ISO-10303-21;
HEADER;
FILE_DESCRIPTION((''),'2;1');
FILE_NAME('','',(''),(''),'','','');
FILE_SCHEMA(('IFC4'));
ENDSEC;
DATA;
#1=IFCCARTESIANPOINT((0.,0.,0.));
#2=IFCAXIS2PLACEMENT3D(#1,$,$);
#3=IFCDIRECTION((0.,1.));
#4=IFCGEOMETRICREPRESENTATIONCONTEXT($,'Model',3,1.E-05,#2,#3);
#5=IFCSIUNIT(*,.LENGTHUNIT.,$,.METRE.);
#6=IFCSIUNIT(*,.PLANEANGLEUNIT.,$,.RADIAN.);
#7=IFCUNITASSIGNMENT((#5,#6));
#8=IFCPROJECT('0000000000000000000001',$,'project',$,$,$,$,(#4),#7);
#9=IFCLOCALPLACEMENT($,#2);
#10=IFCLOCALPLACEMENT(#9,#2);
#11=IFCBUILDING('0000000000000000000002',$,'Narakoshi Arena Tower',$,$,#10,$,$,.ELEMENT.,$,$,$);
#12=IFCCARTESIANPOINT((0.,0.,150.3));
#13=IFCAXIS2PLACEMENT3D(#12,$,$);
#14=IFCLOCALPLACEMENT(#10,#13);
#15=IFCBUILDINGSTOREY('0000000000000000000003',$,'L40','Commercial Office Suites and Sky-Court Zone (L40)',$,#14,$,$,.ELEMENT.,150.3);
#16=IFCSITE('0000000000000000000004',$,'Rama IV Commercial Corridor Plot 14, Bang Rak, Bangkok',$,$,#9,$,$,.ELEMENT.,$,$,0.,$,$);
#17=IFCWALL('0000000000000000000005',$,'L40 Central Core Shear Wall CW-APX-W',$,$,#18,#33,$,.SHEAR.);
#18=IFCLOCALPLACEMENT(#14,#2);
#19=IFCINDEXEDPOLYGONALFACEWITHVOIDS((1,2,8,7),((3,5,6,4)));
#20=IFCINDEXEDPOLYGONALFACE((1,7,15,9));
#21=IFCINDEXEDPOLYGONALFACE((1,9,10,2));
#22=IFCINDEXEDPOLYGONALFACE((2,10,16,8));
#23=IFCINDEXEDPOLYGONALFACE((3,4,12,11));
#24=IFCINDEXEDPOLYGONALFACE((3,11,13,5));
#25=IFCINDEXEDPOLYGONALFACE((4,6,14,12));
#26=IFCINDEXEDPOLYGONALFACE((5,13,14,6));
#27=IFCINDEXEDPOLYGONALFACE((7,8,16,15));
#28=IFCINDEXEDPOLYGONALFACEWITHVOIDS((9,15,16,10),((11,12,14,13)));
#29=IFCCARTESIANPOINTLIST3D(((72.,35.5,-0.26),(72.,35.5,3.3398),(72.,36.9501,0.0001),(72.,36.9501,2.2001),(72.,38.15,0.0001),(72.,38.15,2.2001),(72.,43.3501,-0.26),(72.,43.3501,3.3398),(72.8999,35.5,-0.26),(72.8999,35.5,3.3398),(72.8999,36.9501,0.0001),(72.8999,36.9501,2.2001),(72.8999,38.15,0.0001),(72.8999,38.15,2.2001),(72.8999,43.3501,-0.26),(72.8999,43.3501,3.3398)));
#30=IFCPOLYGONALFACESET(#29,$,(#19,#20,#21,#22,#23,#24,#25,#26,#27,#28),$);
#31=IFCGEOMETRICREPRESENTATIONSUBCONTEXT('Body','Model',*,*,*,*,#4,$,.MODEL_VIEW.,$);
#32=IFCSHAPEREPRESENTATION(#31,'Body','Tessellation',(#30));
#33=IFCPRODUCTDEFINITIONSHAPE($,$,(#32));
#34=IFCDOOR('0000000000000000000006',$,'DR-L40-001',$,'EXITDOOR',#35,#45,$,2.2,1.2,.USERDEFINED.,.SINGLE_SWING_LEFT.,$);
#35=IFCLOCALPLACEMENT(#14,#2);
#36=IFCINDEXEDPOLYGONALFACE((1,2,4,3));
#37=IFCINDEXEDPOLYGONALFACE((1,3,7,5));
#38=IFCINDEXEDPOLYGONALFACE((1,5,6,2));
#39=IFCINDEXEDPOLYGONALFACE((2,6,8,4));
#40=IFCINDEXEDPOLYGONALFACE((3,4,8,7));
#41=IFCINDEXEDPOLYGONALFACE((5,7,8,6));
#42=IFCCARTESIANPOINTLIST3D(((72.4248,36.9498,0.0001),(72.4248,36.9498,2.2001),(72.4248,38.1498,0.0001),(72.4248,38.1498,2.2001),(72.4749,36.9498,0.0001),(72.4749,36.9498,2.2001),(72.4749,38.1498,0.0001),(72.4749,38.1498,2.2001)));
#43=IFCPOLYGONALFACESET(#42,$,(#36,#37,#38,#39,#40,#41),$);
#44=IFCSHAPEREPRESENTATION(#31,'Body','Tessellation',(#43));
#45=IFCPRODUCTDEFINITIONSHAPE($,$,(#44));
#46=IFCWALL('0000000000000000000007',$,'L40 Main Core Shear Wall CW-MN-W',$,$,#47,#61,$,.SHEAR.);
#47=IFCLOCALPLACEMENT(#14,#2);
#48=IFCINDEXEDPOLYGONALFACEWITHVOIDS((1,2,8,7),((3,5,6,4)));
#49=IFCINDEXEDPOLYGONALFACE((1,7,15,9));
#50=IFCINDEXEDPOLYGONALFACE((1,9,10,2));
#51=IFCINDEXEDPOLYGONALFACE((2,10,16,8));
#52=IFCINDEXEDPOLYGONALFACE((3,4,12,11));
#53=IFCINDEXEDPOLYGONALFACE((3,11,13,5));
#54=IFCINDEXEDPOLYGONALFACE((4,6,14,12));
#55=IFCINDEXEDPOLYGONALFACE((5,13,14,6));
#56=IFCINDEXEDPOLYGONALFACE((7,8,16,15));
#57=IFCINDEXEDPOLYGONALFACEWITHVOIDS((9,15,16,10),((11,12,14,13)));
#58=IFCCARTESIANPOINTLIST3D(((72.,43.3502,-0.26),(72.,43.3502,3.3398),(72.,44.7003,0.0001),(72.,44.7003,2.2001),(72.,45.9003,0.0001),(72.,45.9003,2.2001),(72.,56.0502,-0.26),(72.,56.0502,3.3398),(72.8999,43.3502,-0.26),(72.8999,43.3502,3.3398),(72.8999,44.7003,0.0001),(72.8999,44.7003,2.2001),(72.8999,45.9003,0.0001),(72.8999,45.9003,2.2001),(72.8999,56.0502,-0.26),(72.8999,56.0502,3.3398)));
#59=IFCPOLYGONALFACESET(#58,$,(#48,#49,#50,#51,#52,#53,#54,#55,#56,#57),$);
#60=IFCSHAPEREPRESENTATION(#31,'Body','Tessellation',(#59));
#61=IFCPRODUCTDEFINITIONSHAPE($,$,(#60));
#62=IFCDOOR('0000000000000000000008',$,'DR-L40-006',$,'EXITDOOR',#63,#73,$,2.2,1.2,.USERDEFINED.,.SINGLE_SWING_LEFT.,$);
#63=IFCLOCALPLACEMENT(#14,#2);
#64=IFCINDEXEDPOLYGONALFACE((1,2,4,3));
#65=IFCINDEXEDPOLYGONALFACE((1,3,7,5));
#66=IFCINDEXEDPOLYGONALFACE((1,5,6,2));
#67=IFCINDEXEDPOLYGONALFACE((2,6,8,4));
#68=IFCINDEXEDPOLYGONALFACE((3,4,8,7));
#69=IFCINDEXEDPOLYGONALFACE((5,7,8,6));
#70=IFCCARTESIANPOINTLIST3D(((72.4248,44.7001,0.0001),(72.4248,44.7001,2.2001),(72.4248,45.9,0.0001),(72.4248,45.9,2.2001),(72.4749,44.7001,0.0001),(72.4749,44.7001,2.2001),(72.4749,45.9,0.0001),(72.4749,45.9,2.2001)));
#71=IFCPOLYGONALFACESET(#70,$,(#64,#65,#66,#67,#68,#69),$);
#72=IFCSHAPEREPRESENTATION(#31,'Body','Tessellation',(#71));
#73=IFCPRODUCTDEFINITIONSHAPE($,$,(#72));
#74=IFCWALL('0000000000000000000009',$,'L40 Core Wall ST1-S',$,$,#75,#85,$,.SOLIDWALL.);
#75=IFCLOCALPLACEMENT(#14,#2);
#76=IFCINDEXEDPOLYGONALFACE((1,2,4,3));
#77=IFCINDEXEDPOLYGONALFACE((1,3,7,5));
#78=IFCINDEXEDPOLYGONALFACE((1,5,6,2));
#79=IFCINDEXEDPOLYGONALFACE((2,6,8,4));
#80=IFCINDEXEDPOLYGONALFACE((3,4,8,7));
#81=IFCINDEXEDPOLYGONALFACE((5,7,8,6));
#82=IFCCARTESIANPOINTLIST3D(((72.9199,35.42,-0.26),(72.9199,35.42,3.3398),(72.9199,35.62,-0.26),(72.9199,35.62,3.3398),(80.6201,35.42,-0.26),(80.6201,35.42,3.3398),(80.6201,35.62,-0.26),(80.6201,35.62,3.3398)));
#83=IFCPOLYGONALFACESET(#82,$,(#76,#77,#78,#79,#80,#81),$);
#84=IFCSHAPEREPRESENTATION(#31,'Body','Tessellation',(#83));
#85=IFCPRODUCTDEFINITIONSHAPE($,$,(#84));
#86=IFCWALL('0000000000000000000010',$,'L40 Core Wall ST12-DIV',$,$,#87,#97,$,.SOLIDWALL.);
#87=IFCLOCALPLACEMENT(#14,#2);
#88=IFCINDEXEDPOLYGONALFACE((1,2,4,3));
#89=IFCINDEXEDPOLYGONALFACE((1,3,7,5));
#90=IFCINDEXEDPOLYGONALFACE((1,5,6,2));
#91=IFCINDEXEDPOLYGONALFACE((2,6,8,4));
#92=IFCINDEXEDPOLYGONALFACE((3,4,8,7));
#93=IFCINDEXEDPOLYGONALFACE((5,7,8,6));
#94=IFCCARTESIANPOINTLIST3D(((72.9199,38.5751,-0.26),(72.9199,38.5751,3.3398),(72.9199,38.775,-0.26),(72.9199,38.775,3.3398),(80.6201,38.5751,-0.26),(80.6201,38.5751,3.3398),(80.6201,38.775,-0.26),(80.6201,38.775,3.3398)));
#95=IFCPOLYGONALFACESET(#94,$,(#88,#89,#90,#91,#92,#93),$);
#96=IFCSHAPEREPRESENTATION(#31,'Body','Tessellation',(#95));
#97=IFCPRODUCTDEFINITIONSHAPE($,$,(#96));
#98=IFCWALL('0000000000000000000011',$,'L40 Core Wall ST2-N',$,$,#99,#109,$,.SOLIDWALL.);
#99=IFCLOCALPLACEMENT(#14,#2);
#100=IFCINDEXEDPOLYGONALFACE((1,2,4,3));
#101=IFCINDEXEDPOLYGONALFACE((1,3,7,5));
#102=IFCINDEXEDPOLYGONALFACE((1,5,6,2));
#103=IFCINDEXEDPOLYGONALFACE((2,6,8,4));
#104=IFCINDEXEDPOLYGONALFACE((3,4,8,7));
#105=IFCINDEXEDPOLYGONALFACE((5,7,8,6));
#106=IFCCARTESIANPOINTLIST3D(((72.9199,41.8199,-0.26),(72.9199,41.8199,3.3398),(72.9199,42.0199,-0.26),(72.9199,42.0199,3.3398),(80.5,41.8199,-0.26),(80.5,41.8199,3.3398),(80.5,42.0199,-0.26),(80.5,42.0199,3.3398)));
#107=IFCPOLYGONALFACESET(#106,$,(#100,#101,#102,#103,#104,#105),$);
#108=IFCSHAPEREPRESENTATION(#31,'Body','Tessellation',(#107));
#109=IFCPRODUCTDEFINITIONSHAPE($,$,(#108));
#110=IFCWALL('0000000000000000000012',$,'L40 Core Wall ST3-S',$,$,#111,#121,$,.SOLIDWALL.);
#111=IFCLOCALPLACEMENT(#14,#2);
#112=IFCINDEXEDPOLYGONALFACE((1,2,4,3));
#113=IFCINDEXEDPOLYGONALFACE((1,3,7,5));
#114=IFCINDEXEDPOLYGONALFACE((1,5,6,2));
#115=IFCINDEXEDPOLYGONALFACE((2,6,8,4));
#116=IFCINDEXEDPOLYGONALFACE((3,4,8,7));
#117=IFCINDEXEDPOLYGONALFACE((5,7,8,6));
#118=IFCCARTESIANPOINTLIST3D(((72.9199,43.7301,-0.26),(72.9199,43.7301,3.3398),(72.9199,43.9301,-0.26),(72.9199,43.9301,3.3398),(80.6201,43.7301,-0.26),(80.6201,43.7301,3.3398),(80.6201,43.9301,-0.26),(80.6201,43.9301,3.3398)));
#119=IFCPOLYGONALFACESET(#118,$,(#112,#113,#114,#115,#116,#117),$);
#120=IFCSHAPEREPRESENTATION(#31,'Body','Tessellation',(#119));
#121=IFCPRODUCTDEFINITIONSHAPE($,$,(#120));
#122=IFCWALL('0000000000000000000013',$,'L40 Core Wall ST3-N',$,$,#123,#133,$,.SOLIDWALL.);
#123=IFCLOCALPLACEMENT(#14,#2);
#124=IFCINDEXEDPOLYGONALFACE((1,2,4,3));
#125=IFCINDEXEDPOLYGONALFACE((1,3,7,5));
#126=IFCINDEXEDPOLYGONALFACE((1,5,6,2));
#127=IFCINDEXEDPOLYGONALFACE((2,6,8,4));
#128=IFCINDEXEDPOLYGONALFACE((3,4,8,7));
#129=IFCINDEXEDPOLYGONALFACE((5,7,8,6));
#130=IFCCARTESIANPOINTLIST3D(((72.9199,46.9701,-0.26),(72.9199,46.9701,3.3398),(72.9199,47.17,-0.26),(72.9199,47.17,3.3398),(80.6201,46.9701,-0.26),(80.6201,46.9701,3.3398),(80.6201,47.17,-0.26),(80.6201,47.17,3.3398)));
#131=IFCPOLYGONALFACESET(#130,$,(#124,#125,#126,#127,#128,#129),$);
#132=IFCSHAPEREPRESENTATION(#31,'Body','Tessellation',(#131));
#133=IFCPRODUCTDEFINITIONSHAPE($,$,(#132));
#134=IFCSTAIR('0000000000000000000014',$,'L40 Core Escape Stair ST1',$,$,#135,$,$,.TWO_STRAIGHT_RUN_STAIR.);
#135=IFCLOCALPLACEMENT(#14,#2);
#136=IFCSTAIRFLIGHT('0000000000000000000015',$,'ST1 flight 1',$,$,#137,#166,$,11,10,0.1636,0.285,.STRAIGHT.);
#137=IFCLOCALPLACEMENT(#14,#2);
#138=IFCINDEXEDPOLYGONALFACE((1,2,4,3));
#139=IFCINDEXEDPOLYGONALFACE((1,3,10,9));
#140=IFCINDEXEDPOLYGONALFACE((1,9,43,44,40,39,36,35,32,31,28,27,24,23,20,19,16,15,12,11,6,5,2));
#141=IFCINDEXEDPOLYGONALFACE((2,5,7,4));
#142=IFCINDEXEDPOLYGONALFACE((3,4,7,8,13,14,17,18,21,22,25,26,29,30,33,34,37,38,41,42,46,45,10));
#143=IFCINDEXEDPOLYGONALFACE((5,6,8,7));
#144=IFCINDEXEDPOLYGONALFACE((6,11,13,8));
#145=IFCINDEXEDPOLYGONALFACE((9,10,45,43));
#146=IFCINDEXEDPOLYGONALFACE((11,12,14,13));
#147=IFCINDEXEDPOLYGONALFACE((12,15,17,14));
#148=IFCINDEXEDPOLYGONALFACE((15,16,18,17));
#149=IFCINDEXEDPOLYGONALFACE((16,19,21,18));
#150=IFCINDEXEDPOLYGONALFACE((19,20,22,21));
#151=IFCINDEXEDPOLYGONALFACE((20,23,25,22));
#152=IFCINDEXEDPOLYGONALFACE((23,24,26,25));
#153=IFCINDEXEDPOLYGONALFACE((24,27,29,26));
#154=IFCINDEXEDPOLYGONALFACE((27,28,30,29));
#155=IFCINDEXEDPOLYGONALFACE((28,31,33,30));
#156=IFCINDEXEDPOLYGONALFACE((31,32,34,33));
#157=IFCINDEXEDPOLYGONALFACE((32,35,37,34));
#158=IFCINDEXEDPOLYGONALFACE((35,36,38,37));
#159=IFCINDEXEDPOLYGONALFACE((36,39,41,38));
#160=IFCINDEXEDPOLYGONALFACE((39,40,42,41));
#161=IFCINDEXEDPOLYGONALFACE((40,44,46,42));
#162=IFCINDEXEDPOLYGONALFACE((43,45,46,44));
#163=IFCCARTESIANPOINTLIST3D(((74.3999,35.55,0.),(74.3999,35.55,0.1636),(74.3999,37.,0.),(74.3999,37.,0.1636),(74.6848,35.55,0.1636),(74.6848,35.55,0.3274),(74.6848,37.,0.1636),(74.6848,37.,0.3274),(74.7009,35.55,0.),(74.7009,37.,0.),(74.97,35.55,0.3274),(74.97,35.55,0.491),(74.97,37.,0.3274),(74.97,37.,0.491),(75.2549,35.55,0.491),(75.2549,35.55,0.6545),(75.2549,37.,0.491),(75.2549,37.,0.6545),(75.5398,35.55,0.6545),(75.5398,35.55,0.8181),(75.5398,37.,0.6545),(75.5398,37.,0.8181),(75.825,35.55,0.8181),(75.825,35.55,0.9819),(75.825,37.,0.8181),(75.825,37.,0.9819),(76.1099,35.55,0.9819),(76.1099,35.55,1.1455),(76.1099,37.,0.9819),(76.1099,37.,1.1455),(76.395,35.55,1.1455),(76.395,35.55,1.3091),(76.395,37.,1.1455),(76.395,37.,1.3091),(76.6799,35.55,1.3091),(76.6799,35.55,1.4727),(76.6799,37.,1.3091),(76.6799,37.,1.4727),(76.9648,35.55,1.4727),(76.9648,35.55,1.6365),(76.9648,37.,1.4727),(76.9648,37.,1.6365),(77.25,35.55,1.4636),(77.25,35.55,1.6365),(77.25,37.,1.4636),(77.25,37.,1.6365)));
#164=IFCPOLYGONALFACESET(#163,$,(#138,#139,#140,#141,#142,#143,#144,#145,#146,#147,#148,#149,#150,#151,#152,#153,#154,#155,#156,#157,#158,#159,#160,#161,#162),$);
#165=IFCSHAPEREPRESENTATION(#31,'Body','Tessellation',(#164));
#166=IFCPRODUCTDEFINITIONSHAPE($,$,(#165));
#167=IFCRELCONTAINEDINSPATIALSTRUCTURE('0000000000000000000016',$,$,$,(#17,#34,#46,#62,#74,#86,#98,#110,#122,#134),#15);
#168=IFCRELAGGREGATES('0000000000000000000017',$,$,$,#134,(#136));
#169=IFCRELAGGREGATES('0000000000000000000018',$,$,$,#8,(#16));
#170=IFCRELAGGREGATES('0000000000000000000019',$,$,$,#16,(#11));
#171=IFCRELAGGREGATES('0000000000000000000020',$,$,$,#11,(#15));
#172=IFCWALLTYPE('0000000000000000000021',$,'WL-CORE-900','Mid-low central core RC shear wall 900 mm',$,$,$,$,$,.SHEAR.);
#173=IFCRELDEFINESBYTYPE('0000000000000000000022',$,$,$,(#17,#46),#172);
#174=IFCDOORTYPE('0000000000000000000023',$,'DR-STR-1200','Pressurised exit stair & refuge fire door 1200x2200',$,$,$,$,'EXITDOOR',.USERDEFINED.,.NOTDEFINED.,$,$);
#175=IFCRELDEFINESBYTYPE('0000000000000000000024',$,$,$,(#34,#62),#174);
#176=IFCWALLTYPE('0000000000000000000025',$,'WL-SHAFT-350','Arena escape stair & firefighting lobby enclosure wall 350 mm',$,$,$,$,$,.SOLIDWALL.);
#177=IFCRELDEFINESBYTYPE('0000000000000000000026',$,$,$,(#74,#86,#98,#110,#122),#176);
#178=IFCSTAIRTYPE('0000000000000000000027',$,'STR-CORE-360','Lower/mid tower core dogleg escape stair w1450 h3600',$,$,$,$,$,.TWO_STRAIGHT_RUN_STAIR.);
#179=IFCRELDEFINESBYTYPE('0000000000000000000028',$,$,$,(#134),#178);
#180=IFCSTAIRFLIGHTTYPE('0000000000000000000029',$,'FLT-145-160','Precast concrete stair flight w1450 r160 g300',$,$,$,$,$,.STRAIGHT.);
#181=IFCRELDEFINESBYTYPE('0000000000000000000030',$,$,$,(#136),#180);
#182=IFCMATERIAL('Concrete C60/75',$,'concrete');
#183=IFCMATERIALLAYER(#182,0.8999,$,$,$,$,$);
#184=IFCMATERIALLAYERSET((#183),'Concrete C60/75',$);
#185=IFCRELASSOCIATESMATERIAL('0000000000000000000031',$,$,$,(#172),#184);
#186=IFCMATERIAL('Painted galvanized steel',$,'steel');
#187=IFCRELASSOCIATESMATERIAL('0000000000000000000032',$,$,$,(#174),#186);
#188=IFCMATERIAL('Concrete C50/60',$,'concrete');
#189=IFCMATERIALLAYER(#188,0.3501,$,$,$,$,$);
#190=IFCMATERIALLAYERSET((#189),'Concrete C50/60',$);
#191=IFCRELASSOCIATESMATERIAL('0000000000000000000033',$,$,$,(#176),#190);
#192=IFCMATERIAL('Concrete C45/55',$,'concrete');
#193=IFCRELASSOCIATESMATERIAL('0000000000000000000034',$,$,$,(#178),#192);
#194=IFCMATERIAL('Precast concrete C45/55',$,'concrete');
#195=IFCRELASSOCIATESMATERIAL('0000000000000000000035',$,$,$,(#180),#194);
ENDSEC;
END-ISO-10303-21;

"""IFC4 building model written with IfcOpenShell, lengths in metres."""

from ifc_helpers import new_model, si_unit, direction, frame, frame_2d, origin, place, context, subcontext, project, spatial, polyline, rectangle, outline, extrude, material, layer, layer_set, type_object, element, fill, aggregate, save


model = new_model("IFC4")

# Units and contexts
model_context = context("Model", 3, precision=1e-05, world=origin(), true_north=direction((0.0, 1.0)))
body_context = subcontext(model_context, "Body", "Model", "MODEL_VIEW")
ifc_project = project(units=[si_unit("LENGTHUNIT", "METRE"), si_unit("PLANEANGLEUNIT", "RADIAN")], contexts=[model_context])

# Site, building, storey
site_placement = place(None, origin())
site = spatial("IfcSite", under=ifc_project, at=site_placement, Name="Rama IV Commercial Corridor Plot 14, Bang Rak, Bangkok", CompositionType="ELEMENT", RefElevation=0.0)
building_placement = place(site_placement, origin())
building = spatial("IfcBuilding", under=site, at=building_placement, Name="Narakoshi Arena Tower", CompositionType="ELEMENT")
storey_placement = place(building_placement, frame((0.0, 0.0, 150.3)))
storey = spatial("IfcBuildingStorey", under=building, at=storey_placement, Name="L40", Description="Commercial Office Suites and Sky-Court Zone (L40)", CompositionType="ELEMENT", Elevation=150.3)

# Walls, openings, doors
ifc_material_1 = material(Name="Concrete C60/75", Category="concrete")
ifc_layer_1 = layer(ifc_material_1, 0.8999)
ifc_layer_set_1 = layer_set([ifc_layer_1], Name="Concrete C60/75")
wall_type_1 = type_object("IfcWallType", Name="WL-CORE-900", Description="Mid-low central core RC shear wall 900 mm", PredefinedType="SHEAR", material=ifc_layer_set_1)
wall_1_placement = place(storey_placement, frame((72.45, 35.5, -0.26), z_axis=(0.0, 0.0, 1.0), x_axis=(0.0, 1.0, 0.0)))
wall_1 = element("IfcWall", 1, at=wall_1_placement, inside=storey, type_object=wall_type_1, Name="L40 Central Core Shear Wall CW-APX-W", PredefinedType="SHEAR", context=body_context, shape_type="SweptSolid", body=[
    extrude(rectangle(XDim=7.8501, YDim=0.8999, at=frame_2d((3.925, 0.0))), origin(), (0.0, 0.0, 1.0), 3.5999),
])
opening_1_placement = place(wall_1_placement, frame((1.45, 0.0, 0.26)))
opening_1 = element("IfcOpeningElement", 2, at=opening_1_placement, cuts=wall_1, PredefinedType="OPENING", context=body_context, shape_type="SweptSolid", body=[
    extrude(rectangle(XDim=1.2, YDim=2.2, at=frame_2d((0.6001, 1.1001))), frame((0.0, 0.46, 0.0), z_axis=(0.0, -1.0, 0.0), x_axis=(1.0, 0.0, 0.0)), (0.0, 0.0, 1.0), 0.9199),
])
ifc_material_2 = material(Name="Painted galvanized steel", Category="steel")
door_type = type_object("IfcDoorType", Name="DR-STR-1200", Description="Pressurised exit stair & refuge fire door 1200x2200", ElementType="EXITDOOR", OperationType="NOTDEFINED", PredefinedType="USERDEFINED", material=ifc_material_2)
door_1_placement = place(opening_1_placement, frame((1.2, 0.0, 0.0), z_axis=(0.0, 0.0, 1.0), x_axis=(-1.0, 0.0, 0.0)))
door_1 = element("IfcDoor", 3, at=door_1_placement, inside=storey, type_object=door_type, Name="DR-L40-001", ObjectType="EXITDOOR", OperationType="SINGLE_SWING_LEFT", OverallHeight=2.2, OverallWidth=1.2, PredefinedType="USERDEFINED", context=body_context, shape_type="SweptSolid", body=[
    extrude(rectangle(XDim=1.2, YDim=2.2, at=frame_2d((0.6001, 1.1001))), frame((0.0, 0.0249, 0.0), z_axis=(0.0, -1.0, 0.0), x_axis=(1.0, 0.0, 0.0)), (0.0, 0.0, 1.0), 0.05),
])
fill(opening_1, door_1)
wall_2_placement = place(storey_placement, frame((72.45, 43.3501, -0.26), z_axis=(0.0, 0.0, 1.0), x_axis=(0.0, 1.0, 0.0)))
wall_2 = element("IfcWall", 4, at=wall_2_placement, inside=storey, type_object=wall_type_1, Name="L40 Main Core Shear Wall CW-MN-W", PredefinedType="SHEAR", context=body_context, shape_type="SweptSolid", body=[
    extrude(rectangle(XDim=12.7, YDim=0.8999, at=frame_2d((6.3501, 0.0))), origin(), (0.0, 0.0, 1.0), 3.5999),
])
opening_2_placement = place(wall_2_placement, frame((1.3501, 0.0, 0.26)))
opening_2 = element("IfcOpeningElement", 5, at=opening_2_placement, cuts=wall_2, PredefinedType="OPENING", context=body_context, shape_type="SweptSolid", body=[
    extrude(rectangle(XDim=1.2, YDim=2.2, at=frame_2d((0.6001, 1.1001))), frame((0.0, 0.46, 0.0), z_axis=(0.0, -1.0, 0.0), x_axis=(1.0, 0.0, 0.0)), (0.0, 0.0, 1.0), 0.9199),
])
door_2_placement = place(opening_2_placement, frame((1.2, 0.0, 0.0), z_axis=(0.0, 0.0, 1.0), x_axis=(-1.0, 0.0, 0.0)))
door_2 = element("IfcDoor", 6, at=door_2_placement, inside=storey, type_object=door_type, Name="DR-L40-006", ObjectType="EXITDOOR", OperationType="SINGLE_SWING_LEFT", OverallHeight=2.2, OverallWidth=1.2, PredefinedType="USERDEFINED", context=body_context, shape_type="SweptSolid", body=[
    extrude(rectangle(XDim=1.2, YDim=2.2, at=frame_2d((0.6001, 1.1001))), frame((0.0, 0.0249, 0.0), z_axis=(0.0, -1.0, 0.0), x_axis=(1.0, 0.0, 0.0)), (0.0, 0.0, 1.0), 0.05),
])
fill(opening_2, door_2)

# Walls
ifc_material_3 = material(Name="Concrete C50/60", Category="concrete")
ifc_layer_2 = layer(ifc_material_3, 0.3501)
ifc_layer_set_2 = layer_set([ifc_layer_2], Name="Concrete C50/60")
wall_type_2 = type_object("IfcWallType", Name="WL-SHAFT-350", Description="Arena escape stair & firefighting lobby enclosure wall 350 mm", PredefinedType="SOLIDWALL", material=ifc_layer_set_2)
for number, where, z_axis, x_axis, name in (
    (7, (72.9199, 35.52, -0.26), (0.0, 0.0, 1.0), (1.0, 0.0, 0.0), "L40 Core Wall ST1-S"),
    (8, (72.9199, 38.675, -0.26), (0.0, 0.0, 1.0), (1.0, 0.0, 0.0), "L40 Core Wall ST12-DIV"),
):
    element("IfcWall", number, at=place(storey_placement, frame(where, z_axis=z_axis, x_axis=x_axis)), inside=storey, type_object=wall_type_2, Name=name, PredefinedType="SOLIDWALL", context=body_context, shape_type="SweptSolid", body=[
        extrude(rectangle(XDim=7.7002, YDim=0.2, at=frame_2d((3.8501, 0.0))), origin(), (0.0, 0.0, 1.0), 3.5999),
    ])
wall_3_placement = place(storey_placement, frame((72.9199, 41.9199, -0.26), z_axis=(0.0, 0.0, 1.0), x_axis=(1.0, 0.0, 0.0)))
element("IfcWall", 9, at=wall_3_placement, inside=storey, type_object=wall_type_2, Name="L40 Core Wall ST2-N", PredefinedType="SOLIDWALL", context=body_context, shape_type="SweptSolid", body=[
    extrude(rectangle(XDim=7.5801, YDim=0.2, at=frame_2d((3.79, 0.0))), origin(), (0.0, 0.0, 1.0), 3.5999),
])
for number, where, z_axis, x_axis, name in (
    (10, (72.9199, 43.8301, -0.26), (0.0, 0.0, 1.0), (1.0, 0.0, 0.0), "L40 Core Wall ST3-S"),
    (11, (72.9199, 47.0701, -0.26), (0.0, 0.0, 1.0), (1.0, 0.0, 0.0), "L40 Core Wall ST3-N"),
):
    element("IfcWall", number, at=place(storey_placement, frame(where, z_axis=z_axis, x_axis=x_axis)), inside=storey, type_object=wall_type_2, Name=name, PredefinedType="SOLIDWALL", context=body_context, shape_type="SweptSolid", body=[
        extrude(rectangle(XDim=7.7002, YDim=0.2, at=frame_2d((3.8501, 0.0))), origin(), (0.0, 0.0, 1.0), 3.5999),
    ])

# Stair, stair flight
ifc_material_4 = material(Name="Concrete C45/55", Category="concrete")
stair_type = type_object("IfcStairType", Name="STR-CORE-360", Description="Lower/mid tower core dogleg escape stair w1450 h3600", PredefinedType="TWO_STRAIGHT_RUN_STAIR", material=ifc_material_4)
stair_1_placement = place(storey_placement, origin())
stair_1 = element("IfcStair", 12, at=stair_1_placement, inside=storey, type_object=stair_type, Name="L40 Core Escape Stair ST1", PredefinedType="TWO_STRAIGHT_RUN_STAIR")
ifc_material_5 = material(Name="Precast concrete C45/55", Category="concrete")
stair_flight_type = type_object("IfcStairFlightType", Name="FLT-145-160", Description="Precast concrete stair flight w1450 r160 g300", PredefinedType="STRAIGHT", material=ifc_material_5)
stair_flight_1_placement = place(storey_placement, frame((74.3999, 36.2749, 0.0), z_axis=(0.0, 0.0, 1.0), x_axis=(1.0, 0.0, 0.0)))
stair_flight_1 = element("IfcStairFlight", 13, at=stair_flight_1_placement, type_object=stair_flight_type, Name="ST1 flight 1", NumberOfRisers=11, NumberOfTreads=10, PredefinedType="STRAIGHT", RiserHeight=0.1636, TreadLength=0.285, context=body_context, shape_type="SweptSolid", body=[
    extrude(outline(polyline([(0.0, 0.0), (0.0, 0.1636), (0.2849, 0.1636), (0.2849, 0.3274), (0.5701, 0.3274), (0.5701, 0.491), (0.855, 0.491), (0.855, 0.6545), (1.1399, 0.6545), (1.1399, 0.8181), (1.425, 0.8181), (1.425, 0.9819), (1.71, 0.9819), (1.71, 1.1455), (1.9951, 1.1455), (1.9951, 1.3091), (2.28, 1.3091), (2.28, 1.4727), (2.5649, 1.4727), (2.5649, 1.6365), (2.8501, 1.6365), (2.8501, 1.8), (2.8501, 1.4636), (0.301, 0.0), (0.0, 0.0)])), frame((0.0, 0.7251, 0.0), z_axis=(0.0, -1.0, 0.0), x_axis=(1.0, 0.0, 0.0)), (0.0, 0.0, 1.0), 1.45),
])
aggregate(stair_1, [stair_flight_1])

save(model, "model.ifc")
